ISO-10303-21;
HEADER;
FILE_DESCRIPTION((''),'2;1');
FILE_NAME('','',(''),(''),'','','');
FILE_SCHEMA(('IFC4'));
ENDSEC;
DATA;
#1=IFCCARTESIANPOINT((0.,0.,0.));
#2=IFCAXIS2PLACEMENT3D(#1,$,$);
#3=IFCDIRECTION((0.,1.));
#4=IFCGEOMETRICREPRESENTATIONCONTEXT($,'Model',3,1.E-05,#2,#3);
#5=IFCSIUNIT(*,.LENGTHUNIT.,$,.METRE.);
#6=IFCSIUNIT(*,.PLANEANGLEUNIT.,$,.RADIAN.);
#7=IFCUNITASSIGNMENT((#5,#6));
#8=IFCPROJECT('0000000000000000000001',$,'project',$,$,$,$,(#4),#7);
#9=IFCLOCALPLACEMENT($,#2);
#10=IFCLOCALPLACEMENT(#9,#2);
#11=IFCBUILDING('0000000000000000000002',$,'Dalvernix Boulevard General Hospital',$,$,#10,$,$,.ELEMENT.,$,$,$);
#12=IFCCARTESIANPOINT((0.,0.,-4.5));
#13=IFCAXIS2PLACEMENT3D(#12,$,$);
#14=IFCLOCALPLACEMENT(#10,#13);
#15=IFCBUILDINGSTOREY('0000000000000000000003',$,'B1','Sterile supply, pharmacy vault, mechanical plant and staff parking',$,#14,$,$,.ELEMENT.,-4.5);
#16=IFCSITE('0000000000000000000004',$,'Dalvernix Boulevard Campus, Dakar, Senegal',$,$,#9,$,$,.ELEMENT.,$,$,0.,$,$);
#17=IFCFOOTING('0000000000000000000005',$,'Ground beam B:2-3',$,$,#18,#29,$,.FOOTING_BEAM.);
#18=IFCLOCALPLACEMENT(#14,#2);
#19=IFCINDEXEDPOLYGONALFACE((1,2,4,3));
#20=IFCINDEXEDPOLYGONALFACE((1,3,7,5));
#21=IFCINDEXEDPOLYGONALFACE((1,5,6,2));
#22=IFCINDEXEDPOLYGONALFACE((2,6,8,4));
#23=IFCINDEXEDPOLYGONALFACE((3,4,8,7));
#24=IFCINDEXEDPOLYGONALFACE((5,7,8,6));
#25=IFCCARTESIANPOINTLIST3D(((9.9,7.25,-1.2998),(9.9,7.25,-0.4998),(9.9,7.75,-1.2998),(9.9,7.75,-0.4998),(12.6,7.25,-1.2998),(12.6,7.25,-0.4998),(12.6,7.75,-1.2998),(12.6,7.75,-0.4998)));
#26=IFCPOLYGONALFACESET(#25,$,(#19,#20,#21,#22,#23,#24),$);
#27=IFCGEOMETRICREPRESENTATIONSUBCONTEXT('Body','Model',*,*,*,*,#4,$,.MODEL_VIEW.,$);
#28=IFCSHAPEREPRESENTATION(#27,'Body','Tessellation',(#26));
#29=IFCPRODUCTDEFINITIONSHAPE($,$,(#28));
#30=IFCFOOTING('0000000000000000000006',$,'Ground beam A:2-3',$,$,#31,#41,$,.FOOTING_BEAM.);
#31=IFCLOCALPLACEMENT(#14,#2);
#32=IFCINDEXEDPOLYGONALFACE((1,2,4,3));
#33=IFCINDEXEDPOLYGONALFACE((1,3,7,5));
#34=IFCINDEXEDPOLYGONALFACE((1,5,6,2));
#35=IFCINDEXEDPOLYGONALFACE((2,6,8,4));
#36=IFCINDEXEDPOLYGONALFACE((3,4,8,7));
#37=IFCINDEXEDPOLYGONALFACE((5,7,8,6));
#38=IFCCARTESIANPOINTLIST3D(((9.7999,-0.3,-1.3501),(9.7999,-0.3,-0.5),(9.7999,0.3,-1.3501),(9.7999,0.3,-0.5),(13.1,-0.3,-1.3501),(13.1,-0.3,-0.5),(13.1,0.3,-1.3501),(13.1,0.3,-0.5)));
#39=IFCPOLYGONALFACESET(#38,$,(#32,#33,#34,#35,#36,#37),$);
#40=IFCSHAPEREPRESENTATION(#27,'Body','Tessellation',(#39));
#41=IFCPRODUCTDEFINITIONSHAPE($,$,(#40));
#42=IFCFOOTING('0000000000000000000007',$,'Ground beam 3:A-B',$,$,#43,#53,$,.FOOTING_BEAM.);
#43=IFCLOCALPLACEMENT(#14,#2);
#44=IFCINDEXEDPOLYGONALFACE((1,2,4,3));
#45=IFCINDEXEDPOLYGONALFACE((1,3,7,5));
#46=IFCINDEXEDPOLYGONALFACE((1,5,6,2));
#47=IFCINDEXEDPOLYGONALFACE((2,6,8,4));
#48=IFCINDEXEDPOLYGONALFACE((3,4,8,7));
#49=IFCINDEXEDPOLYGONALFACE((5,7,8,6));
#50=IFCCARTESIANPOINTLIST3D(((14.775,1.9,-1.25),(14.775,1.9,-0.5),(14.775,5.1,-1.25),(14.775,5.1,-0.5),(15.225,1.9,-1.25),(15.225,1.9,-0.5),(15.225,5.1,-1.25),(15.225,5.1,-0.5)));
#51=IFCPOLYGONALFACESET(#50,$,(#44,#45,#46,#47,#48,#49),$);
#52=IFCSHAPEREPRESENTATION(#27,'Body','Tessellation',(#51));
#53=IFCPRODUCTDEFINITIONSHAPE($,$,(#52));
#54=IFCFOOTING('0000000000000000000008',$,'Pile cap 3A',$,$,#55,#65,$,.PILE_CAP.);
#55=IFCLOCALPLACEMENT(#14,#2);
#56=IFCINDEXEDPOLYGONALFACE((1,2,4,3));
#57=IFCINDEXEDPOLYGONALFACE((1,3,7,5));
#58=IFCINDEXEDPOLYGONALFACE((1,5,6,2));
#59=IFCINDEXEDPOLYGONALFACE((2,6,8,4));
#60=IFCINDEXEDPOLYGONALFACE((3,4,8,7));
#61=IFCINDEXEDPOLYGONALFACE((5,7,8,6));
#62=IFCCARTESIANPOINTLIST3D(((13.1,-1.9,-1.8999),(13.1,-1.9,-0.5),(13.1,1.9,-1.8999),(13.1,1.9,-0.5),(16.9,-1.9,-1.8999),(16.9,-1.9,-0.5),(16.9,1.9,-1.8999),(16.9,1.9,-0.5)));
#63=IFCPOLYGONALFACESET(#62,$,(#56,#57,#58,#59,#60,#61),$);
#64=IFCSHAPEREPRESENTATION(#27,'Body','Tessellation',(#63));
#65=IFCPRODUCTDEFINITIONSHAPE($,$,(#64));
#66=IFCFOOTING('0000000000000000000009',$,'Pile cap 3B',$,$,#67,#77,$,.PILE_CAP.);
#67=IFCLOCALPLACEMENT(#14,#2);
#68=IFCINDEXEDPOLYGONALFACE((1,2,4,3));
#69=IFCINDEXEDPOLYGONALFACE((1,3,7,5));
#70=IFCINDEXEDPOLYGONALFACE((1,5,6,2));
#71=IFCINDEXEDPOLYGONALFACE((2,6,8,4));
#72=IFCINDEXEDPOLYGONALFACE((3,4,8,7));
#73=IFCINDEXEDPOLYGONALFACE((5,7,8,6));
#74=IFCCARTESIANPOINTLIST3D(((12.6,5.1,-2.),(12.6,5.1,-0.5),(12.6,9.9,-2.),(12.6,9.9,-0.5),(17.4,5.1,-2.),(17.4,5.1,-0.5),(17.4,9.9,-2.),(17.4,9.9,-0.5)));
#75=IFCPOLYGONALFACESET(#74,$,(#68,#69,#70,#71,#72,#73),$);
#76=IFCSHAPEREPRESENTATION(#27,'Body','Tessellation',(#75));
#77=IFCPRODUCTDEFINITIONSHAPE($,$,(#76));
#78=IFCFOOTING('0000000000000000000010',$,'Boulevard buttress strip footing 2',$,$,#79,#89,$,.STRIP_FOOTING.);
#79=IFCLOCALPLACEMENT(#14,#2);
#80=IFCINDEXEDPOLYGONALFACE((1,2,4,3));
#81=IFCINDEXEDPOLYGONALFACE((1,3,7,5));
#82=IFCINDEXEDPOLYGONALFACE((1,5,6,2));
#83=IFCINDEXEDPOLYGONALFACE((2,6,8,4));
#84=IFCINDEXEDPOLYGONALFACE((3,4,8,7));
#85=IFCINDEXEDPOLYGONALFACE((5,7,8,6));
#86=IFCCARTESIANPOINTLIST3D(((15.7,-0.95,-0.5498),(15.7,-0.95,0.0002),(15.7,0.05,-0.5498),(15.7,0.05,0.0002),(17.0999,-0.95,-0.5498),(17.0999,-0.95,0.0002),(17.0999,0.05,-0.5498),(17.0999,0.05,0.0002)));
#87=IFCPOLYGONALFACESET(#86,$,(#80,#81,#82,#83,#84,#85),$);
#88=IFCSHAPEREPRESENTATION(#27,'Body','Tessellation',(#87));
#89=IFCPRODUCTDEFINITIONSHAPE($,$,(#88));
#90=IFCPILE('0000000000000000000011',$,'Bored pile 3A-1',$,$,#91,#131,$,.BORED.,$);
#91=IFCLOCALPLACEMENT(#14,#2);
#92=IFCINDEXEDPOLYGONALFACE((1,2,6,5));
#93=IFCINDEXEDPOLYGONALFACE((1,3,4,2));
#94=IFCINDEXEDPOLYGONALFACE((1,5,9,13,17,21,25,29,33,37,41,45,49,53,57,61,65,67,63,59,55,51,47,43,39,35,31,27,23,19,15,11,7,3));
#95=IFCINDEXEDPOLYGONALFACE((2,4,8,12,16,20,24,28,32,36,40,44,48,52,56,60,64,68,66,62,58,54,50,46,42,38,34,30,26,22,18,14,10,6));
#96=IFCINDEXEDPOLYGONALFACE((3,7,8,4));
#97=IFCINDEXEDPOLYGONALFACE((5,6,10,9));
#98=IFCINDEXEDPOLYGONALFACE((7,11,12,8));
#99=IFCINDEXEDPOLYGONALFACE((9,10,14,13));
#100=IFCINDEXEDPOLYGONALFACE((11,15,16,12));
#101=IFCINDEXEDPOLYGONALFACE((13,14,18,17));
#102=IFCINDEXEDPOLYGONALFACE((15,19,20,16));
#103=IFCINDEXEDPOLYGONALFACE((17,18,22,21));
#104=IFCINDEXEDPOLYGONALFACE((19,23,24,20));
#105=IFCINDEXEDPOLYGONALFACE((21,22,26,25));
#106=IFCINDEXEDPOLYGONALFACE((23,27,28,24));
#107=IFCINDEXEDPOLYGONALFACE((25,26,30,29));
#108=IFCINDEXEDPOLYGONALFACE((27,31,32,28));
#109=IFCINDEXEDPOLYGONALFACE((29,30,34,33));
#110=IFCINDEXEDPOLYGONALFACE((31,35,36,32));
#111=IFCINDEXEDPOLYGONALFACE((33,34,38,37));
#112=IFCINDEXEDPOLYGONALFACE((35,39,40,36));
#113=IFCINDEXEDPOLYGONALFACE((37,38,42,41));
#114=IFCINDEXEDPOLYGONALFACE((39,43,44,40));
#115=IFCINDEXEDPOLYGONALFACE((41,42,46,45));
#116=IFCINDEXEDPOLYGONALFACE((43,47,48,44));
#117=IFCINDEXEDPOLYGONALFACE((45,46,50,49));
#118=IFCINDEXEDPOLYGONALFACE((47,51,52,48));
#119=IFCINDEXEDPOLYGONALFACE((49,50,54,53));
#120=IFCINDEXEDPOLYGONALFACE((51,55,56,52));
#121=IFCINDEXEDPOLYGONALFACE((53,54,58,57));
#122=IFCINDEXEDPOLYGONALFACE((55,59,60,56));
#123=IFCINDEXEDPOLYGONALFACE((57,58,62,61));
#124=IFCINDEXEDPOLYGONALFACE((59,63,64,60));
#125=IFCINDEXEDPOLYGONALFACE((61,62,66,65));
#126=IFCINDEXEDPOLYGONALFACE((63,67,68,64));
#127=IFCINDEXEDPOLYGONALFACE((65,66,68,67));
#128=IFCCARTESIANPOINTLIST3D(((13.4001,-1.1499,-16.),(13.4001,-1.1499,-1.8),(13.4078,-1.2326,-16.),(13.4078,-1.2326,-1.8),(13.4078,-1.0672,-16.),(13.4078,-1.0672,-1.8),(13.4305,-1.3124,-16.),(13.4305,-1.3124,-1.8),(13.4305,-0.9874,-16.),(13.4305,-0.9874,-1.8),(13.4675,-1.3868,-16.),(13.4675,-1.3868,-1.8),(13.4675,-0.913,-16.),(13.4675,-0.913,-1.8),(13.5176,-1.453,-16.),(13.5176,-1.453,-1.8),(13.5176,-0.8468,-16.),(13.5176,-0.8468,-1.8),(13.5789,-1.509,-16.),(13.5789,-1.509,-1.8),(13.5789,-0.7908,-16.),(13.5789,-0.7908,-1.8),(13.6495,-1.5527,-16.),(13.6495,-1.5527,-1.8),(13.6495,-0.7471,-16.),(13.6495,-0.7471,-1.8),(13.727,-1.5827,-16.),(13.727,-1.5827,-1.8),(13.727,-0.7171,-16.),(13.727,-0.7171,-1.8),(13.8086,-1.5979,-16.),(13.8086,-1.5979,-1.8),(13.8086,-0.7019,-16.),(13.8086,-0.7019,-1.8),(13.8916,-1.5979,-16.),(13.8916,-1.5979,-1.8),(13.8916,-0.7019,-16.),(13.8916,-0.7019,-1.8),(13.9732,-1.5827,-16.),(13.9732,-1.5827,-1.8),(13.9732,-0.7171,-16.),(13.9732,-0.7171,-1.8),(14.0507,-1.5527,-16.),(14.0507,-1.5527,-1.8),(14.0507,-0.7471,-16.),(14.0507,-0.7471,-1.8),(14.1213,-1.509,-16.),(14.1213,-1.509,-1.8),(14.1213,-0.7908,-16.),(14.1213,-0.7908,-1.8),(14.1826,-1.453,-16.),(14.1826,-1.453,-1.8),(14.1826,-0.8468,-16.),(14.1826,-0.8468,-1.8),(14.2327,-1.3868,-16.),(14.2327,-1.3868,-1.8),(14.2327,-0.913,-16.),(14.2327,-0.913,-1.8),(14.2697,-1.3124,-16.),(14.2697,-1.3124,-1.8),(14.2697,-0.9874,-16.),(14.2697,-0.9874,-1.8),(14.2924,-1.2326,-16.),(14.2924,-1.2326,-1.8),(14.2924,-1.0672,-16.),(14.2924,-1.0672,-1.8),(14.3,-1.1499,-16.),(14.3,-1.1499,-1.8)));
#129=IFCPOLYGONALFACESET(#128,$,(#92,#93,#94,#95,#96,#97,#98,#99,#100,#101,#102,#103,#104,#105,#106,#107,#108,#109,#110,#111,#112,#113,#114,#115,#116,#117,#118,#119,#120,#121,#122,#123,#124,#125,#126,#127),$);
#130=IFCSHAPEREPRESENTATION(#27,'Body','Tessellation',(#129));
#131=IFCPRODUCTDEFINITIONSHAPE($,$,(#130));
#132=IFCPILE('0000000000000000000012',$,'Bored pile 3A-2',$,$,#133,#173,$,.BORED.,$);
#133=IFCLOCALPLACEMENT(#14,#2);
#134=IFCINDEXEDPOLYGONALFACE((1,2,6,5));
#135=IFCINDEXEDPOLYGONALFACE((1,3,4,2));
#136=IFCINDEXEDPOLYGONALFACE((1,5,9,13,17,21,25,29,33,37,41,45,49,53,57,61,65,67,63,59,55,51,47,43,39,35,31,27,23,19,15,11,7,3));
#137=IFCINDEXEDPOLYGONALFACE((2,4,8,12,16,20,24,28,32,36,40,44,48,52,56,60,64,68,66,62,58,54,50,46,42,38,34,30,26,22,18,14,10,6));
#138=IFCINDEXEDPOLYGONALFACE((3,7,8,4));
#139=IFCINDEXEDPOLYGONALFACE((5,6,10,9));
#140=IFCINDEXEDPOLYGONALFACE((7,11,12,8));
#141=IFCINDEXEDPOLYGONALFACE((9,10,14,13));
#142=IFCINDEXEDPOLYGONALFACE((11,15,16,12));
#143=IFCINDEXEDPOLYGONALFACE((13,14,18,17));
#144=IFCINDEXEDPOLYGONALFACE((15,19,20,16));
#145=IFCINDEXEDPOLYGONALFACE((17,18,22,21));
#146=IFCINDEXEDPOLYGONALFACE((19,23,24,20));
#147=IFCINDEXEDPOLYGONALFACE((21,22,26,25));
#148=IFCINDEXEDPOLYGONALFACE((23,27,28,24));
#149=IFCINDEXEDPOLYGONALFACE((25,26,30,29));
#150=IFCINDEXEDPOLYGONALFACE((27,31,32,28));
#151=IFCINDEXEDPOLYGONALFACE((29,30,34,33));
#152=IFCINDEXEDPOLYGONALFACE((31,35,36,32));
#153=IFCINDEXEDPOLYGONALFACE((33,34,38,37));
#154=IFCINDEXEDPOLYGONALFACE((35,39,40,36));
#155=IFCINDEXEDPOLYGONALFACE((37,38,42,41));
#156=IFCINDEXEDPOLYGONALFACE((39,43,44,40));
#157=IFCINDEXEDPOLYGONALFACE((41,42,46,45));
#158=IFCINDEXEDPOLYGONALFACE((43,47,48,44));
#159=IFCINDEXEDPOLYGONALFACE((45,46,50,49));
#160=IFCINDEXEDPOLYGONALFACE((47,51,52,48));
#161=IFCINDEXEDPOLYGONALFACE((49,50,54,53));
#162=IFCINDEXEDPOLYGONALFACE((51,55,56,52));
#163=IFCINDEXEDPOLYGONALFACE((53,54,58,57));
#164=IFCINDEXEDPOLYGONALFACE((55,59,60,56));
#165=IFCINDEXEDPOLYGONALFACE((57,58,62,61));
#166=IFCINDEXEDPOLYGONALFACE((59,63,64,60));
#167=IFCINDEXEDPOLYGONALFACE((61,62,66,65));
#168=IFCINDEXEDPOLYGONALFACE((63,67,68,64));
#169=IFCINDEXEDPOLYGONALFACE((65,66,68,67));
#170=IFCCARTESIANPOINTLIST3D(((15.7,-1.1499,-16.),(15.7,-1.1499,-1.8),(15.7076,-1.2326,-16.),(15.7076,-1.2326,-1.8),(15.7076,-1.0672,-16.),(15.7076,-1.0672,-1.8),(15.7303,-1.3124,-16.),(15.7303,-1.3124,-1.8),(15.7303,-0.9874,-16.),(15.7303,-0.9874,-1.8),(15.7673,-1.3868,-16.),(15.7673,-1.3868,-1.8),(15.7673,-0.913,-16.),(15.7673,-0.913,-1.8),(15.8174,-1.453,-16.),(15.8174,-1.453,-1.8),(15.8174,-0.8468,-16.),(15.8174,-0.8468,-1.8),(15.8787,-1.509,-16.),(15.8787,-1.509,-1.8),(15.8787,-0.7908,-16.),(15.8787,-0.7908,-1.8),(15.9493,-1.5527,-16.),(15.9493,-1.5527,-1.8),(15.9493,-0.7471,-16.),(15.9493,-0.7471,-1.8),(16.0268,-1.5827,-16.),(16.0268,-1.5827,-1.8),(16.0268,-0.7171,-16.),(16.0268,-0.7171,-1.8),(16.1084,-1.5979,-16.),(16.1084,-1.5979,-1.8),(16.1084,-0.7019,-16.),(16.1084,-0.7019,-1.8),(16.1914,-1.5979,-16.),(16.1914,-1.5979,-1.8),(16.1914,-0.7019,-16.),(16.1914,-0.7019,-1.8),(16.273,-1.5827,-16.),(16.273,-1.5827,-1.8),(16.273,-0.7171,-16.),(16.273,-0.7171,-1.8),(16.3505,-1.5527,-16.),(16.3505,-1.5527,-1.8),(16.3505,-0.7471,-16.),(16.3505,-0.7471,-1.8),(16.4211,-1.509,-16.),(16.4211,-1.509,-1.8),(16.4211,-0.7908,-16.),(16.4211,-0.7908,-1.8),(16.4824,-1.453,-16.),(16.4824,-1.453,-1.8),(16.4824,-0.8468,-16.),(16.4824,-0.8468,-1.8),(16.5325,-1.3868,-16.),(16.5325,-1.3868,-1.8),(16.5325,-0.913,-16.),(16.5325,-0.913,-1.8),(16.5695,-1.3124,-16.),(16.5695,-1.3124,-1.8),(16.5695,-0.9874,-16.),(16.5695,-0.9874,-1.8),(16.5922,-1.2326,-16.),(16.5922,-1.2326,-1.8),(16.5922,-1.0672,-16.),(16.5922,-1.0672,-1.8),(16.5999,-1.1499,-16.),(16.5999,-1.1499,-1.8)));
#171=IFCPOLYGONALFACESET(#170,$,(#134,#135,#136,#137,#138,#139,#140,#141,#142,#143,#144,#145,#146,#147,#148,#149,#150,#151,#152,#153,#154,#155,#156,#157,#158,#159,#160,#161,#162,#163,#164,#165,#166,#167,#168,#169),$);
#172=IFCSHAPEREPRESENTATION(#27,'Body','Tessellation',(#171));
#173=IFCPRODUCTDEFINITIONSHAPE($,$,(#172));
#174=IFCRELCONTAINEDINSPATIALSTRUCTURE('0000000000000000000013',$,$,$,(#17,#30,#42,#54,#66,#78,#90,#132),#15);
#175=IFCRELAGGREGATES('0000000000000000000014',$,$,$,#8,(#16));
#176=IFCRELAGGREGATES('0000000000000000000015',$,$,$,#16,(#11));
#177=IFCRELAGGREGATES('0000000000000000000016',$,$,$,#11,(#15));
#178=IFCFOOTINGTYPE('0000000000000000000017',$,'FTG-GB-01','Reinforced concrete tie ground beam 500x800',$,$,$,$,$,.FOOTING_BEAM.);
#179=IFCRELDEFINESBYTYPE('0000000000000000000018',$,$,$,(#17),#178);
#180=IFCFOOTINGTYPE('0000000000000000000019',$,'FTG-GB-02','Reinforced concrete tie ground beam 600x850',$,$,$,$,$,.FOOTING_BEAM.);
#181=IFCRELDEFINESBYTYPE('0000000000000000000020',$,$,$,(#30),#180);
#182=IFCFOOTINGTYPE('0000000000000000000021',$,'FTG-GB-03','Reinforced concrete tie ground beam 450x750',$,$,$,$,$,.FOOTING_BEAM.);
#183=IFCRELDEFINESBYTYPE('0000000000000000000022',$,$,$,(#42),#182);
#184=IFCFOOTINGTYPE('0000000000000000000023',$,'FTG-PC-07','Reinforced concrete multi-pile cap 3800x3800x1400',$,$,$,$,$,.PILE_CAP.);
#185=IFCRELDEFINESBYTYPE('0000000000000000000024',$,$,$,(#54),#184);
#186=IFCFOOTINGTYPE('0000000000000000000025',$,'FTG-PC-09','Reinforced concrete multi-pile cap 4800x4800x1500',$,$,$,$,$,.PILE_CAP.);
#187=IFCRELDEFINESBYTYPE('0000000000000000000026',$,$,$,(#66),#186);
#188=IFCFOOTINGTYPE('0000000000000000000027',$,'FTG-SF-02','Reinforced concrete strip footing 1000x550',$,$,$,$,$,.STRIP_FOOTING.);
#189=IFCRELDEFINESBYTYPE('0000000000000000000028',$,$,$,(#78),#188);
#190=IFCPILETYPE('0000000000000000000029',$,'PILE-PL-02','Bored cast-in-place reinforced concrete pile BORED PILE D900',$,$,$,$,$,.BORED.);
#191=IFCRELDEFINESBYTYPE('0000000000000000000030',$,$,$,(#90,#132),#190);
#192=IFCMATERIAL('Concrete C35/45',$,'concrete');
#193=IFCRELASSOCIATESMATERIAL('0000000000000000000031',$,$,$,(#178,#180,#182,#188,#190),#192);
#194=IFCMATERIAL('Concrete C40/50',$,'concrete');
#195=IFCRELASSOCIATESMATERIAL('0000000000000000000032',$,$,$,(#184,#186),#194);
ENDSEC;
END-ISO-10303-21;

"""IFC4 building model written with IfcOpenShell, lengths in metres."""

from ifc_helpers import new_model, si_unit, direction, frame, origin, origin_2d, place, context, subcontext, project, spatial, rectangle, circle, extrude, material, material_profile, profile_set, type_object, element, save


model = new_model("IFC4")

# Units and contexts
model_context = context("Model", 3, precision=1e-05, world=origin(), true_north=direction((0.0, 1.0)))
body_context = subcontext(model_context, "Body", "Model", "MODEL_VIEW")
ifc_project = project(units=[si_unit("LENGTHUNIT", "METRE"), si_unit("PLANEANGLEUNIT", "RADIAN")], contexts=[model_context])

# Site, building, storey
site_placement = place(None, origin())
site = spatial("IfcSite", under=ifc_project, at=site_placement, Name="Dalvernix Boulevard Campus, Dakar, Senegal", CompositionType="ELEMENT", RefElevation=0.0)
building_placement = place(site_placement, origin())
building = spatial("IfcBuilding", under=site, at=building_placement, Name="Dalvernix Boulevard General Hospital", CompositionType="ELEMENT")
storey_placement = place(building_placement, frame((0.0, 0.0, -4.5)))
storey = spatial("IfcBuildingStorey", under=building, at=storey_placement, Name="B1", Description="Sterile supply, pharmacy vault, mechanical plant and staff parking", CompositionType="ELEMENT", Elevation=-4.5)

# Footings
ifc_material_1 = material(Name="Concrete C35/45", Category="concrete")
footing_type_1 = type_object("IfcFootingType", Name="FTG-GB-01", Description="Reinforced concrete tie ground beam 500x800", PredefinedType="FOOTING_BEAM", material=ifc_material_1)
footing_1_placement = place(storey_placement, frame((11.25, 7.5, -1.2998), z_axis=(0.0, 0.0, 1.0), x_axis=(1.0, 0.0, 0.0)))
element("IfcFooting", 1, at=footing_1_placement, inside=storey, type_object=footing_type_1, Name="Ground beam B:2-3", PredefinedType="FOOTING_BEAM", context=body_context, shape_type="SweptSolid", body=[
    extrude(rectangle(XDim=2.7, YDim=0.5, at=origin_2d()), origin(), (0.0, 0.0, 1.0), 0.8),
])
footing_type_2 = type_object("IfcFootingType", Name="FTG-GB-02", Description="Reinforced concrete tie ground beam 600x850", PredefinedType="FOOTING_BEAM", material=ifc_material_1)
footing_2_placement = place(storey_placement, frame((11.45, 0.0, -1.3501), z_axis=(0.0, 0.0, 1.0), x_axis=(1.0, 0.0, 0.0)))
element("IfcFooting", 2, at=footing_2_placement, inside=storey, type_object=footing_type_2, Name="Ground beam A:2-3", PredefinedType="FOOTING_BEAM", context=body_context, shape_type="SweptSolid", body=[
    extrude(rectangle(XDim=3.3, YDim=0.6001, at=origin_2d()), origin(), (0.0, 0.0, 1.0), 0.8501),
])
footing_type_3 = type_object("IfcFootingType", Name="FTG-GB-03", Description="Reinforced concrete tie ground beam 450x750", PredefinedType="FOOTING_BEAM", material=ifc_material_1)
footing_3_placement = place(storey_placement, frame((15.0, 3.5, -1.25), z_axis=(0.0, 0.0, 1.0), x_axis=(0.0, 1.0, 0.0)))
element("IfcFooting", 3, at=footing_3_placement, inside=storey, type_object=footing_type_3, Name="Ground beam 3:A-B", PredefinedType="FOOTING_BEAM", context=body_context, shape_type="SweptSolid", body=[
    extrude(rectangle(XDim=3.2, YDim=0.45, at=origin_2d()), origin(), (0.0, 0.0, 1.0), 0.75),
])
ifc_material_2 = material(Name="Concrete C40/50", Category="concrete")
footing_type_4 = type_object("IfcFootingType", Name="FTG-PC-07", Description="Reinforced concrete multi-pile cap 3800x3800x1400", PredefinedType="PILE_CAP", material=ifc_material_2)
footing_4_placement = place(storey_placement, frame((15.0, 0.0, -1.8999), z_axis=(0.0, 0.0, 1.0), x_axis=(1.0, 0.0, 0.0)))
element("IfcFooting", 4, at=footing_4_placement, inside=storey, type_object=footing_type_4, Name="Pile cap 3A", PredefinedType="PILE_CAP", context=body_context, shape_type="SweptSolid", body=[
    extrude(rectangle(XDim=3.8, YDim=3.8, at=origin_2d()), origin(), (0.0, 0.0, 1.0), 1.3999),
])
footing_type_5 = type_object("IfcFootingType", Name="FTG-PC-09", Description="Reinforced concrete multi-pile cap 4800x4800x1500", PredefinedType="PILE_CAP", material=ifc_material_2)
footing_5_placement = place(storey_placement, frame((15.0, 7.5, -2.0), z_axis=(0.0, 0.0, 1.0), x_axis=(1.0, 0.0, 0.0)))
element("IfcFooting", 5, at=footing_5_placement, inside=storey, type_object=footing_type_5, Name="Pile cap 3B", PredefinedType="PILE_CAP", context=body_context, shape_type="SweptSolid", body=[
    extrude(rectangle(XDim=4.8, YDim=4.8, at=origin_2d()), origin(), (0.0, 0.0, 1.0), 1.5),
])
footing_type_6 = type_object("IfcFootingType", Name="FTG-SF-02", Description="Reinforced concrete strip footing 1000x550", PredefinedType="STRIP_FOOTING", material=ifc_material_1)
footing_6_placement = place(storey_placement, frame((16.3999, -0.45, -0.5498), z_axis=(0.0, 0.0, 1.0), x_axis=(1.0, 0.0, 0.0)))
element("IfcFooting", 6, at=footing_6_placement, inside=storey, type_object=footing_type_6, Name="Boulevard buttress strip footing 2", PredefinedType="STRIP_FOOTING", context=body_context, shape_type="SweptSolid", body=[
    extrude(rectangle(XDim=1.3999, YDim=1.0, at=origin_2d()), origin(), (0.0, 0.0, 1.0), 0.55),
])

# Piles
ifc_material_profile_1 = material_profile(ifc_material_1, circle(Radius=0.45, at=origin_2d()), Name="BORED PILE D900")
ifc_profile_set_1 = profile_set([ifc_material_profile_1], Name="Concrete C35/45")
pile_type_1 = type_object("IfcPileType", Name="PILE-PL-02", Description="Bored cast-in-place reinforced concrete pile BORED PILE D900", PredefinedType="BORED", material=ifc_profile_set_1)
for number, where, z_axis, x_axis, name in (
    (7, (13.8501, -1.1499, -1.8), (0.0, 0.0, -1.0), (1.0, 0.0, 0.0), "Bored pile 3A-1"),
    (8, (16.1499, -1.1499, -1.8), (0.0, 0.0, -1.0), (1.0, 0.0, 0.0), "Bored pile 3A-2"),
):
    element("IfcPile", number, at=place(storey_placement, frame(where, z_axis=z_axis, x_axis=x_axis)), inside=storey, type_object=pile_type_1, Name=name, PredefinedType="BORED", context=body_context, shape_type="SweptSolid", body=[
        extrude(circle(Radius=0.45, at=origin_2d()), origin(), (0.0, 0.0, 1.0), 14.2),
    ])

save(model, "model.ifc")
